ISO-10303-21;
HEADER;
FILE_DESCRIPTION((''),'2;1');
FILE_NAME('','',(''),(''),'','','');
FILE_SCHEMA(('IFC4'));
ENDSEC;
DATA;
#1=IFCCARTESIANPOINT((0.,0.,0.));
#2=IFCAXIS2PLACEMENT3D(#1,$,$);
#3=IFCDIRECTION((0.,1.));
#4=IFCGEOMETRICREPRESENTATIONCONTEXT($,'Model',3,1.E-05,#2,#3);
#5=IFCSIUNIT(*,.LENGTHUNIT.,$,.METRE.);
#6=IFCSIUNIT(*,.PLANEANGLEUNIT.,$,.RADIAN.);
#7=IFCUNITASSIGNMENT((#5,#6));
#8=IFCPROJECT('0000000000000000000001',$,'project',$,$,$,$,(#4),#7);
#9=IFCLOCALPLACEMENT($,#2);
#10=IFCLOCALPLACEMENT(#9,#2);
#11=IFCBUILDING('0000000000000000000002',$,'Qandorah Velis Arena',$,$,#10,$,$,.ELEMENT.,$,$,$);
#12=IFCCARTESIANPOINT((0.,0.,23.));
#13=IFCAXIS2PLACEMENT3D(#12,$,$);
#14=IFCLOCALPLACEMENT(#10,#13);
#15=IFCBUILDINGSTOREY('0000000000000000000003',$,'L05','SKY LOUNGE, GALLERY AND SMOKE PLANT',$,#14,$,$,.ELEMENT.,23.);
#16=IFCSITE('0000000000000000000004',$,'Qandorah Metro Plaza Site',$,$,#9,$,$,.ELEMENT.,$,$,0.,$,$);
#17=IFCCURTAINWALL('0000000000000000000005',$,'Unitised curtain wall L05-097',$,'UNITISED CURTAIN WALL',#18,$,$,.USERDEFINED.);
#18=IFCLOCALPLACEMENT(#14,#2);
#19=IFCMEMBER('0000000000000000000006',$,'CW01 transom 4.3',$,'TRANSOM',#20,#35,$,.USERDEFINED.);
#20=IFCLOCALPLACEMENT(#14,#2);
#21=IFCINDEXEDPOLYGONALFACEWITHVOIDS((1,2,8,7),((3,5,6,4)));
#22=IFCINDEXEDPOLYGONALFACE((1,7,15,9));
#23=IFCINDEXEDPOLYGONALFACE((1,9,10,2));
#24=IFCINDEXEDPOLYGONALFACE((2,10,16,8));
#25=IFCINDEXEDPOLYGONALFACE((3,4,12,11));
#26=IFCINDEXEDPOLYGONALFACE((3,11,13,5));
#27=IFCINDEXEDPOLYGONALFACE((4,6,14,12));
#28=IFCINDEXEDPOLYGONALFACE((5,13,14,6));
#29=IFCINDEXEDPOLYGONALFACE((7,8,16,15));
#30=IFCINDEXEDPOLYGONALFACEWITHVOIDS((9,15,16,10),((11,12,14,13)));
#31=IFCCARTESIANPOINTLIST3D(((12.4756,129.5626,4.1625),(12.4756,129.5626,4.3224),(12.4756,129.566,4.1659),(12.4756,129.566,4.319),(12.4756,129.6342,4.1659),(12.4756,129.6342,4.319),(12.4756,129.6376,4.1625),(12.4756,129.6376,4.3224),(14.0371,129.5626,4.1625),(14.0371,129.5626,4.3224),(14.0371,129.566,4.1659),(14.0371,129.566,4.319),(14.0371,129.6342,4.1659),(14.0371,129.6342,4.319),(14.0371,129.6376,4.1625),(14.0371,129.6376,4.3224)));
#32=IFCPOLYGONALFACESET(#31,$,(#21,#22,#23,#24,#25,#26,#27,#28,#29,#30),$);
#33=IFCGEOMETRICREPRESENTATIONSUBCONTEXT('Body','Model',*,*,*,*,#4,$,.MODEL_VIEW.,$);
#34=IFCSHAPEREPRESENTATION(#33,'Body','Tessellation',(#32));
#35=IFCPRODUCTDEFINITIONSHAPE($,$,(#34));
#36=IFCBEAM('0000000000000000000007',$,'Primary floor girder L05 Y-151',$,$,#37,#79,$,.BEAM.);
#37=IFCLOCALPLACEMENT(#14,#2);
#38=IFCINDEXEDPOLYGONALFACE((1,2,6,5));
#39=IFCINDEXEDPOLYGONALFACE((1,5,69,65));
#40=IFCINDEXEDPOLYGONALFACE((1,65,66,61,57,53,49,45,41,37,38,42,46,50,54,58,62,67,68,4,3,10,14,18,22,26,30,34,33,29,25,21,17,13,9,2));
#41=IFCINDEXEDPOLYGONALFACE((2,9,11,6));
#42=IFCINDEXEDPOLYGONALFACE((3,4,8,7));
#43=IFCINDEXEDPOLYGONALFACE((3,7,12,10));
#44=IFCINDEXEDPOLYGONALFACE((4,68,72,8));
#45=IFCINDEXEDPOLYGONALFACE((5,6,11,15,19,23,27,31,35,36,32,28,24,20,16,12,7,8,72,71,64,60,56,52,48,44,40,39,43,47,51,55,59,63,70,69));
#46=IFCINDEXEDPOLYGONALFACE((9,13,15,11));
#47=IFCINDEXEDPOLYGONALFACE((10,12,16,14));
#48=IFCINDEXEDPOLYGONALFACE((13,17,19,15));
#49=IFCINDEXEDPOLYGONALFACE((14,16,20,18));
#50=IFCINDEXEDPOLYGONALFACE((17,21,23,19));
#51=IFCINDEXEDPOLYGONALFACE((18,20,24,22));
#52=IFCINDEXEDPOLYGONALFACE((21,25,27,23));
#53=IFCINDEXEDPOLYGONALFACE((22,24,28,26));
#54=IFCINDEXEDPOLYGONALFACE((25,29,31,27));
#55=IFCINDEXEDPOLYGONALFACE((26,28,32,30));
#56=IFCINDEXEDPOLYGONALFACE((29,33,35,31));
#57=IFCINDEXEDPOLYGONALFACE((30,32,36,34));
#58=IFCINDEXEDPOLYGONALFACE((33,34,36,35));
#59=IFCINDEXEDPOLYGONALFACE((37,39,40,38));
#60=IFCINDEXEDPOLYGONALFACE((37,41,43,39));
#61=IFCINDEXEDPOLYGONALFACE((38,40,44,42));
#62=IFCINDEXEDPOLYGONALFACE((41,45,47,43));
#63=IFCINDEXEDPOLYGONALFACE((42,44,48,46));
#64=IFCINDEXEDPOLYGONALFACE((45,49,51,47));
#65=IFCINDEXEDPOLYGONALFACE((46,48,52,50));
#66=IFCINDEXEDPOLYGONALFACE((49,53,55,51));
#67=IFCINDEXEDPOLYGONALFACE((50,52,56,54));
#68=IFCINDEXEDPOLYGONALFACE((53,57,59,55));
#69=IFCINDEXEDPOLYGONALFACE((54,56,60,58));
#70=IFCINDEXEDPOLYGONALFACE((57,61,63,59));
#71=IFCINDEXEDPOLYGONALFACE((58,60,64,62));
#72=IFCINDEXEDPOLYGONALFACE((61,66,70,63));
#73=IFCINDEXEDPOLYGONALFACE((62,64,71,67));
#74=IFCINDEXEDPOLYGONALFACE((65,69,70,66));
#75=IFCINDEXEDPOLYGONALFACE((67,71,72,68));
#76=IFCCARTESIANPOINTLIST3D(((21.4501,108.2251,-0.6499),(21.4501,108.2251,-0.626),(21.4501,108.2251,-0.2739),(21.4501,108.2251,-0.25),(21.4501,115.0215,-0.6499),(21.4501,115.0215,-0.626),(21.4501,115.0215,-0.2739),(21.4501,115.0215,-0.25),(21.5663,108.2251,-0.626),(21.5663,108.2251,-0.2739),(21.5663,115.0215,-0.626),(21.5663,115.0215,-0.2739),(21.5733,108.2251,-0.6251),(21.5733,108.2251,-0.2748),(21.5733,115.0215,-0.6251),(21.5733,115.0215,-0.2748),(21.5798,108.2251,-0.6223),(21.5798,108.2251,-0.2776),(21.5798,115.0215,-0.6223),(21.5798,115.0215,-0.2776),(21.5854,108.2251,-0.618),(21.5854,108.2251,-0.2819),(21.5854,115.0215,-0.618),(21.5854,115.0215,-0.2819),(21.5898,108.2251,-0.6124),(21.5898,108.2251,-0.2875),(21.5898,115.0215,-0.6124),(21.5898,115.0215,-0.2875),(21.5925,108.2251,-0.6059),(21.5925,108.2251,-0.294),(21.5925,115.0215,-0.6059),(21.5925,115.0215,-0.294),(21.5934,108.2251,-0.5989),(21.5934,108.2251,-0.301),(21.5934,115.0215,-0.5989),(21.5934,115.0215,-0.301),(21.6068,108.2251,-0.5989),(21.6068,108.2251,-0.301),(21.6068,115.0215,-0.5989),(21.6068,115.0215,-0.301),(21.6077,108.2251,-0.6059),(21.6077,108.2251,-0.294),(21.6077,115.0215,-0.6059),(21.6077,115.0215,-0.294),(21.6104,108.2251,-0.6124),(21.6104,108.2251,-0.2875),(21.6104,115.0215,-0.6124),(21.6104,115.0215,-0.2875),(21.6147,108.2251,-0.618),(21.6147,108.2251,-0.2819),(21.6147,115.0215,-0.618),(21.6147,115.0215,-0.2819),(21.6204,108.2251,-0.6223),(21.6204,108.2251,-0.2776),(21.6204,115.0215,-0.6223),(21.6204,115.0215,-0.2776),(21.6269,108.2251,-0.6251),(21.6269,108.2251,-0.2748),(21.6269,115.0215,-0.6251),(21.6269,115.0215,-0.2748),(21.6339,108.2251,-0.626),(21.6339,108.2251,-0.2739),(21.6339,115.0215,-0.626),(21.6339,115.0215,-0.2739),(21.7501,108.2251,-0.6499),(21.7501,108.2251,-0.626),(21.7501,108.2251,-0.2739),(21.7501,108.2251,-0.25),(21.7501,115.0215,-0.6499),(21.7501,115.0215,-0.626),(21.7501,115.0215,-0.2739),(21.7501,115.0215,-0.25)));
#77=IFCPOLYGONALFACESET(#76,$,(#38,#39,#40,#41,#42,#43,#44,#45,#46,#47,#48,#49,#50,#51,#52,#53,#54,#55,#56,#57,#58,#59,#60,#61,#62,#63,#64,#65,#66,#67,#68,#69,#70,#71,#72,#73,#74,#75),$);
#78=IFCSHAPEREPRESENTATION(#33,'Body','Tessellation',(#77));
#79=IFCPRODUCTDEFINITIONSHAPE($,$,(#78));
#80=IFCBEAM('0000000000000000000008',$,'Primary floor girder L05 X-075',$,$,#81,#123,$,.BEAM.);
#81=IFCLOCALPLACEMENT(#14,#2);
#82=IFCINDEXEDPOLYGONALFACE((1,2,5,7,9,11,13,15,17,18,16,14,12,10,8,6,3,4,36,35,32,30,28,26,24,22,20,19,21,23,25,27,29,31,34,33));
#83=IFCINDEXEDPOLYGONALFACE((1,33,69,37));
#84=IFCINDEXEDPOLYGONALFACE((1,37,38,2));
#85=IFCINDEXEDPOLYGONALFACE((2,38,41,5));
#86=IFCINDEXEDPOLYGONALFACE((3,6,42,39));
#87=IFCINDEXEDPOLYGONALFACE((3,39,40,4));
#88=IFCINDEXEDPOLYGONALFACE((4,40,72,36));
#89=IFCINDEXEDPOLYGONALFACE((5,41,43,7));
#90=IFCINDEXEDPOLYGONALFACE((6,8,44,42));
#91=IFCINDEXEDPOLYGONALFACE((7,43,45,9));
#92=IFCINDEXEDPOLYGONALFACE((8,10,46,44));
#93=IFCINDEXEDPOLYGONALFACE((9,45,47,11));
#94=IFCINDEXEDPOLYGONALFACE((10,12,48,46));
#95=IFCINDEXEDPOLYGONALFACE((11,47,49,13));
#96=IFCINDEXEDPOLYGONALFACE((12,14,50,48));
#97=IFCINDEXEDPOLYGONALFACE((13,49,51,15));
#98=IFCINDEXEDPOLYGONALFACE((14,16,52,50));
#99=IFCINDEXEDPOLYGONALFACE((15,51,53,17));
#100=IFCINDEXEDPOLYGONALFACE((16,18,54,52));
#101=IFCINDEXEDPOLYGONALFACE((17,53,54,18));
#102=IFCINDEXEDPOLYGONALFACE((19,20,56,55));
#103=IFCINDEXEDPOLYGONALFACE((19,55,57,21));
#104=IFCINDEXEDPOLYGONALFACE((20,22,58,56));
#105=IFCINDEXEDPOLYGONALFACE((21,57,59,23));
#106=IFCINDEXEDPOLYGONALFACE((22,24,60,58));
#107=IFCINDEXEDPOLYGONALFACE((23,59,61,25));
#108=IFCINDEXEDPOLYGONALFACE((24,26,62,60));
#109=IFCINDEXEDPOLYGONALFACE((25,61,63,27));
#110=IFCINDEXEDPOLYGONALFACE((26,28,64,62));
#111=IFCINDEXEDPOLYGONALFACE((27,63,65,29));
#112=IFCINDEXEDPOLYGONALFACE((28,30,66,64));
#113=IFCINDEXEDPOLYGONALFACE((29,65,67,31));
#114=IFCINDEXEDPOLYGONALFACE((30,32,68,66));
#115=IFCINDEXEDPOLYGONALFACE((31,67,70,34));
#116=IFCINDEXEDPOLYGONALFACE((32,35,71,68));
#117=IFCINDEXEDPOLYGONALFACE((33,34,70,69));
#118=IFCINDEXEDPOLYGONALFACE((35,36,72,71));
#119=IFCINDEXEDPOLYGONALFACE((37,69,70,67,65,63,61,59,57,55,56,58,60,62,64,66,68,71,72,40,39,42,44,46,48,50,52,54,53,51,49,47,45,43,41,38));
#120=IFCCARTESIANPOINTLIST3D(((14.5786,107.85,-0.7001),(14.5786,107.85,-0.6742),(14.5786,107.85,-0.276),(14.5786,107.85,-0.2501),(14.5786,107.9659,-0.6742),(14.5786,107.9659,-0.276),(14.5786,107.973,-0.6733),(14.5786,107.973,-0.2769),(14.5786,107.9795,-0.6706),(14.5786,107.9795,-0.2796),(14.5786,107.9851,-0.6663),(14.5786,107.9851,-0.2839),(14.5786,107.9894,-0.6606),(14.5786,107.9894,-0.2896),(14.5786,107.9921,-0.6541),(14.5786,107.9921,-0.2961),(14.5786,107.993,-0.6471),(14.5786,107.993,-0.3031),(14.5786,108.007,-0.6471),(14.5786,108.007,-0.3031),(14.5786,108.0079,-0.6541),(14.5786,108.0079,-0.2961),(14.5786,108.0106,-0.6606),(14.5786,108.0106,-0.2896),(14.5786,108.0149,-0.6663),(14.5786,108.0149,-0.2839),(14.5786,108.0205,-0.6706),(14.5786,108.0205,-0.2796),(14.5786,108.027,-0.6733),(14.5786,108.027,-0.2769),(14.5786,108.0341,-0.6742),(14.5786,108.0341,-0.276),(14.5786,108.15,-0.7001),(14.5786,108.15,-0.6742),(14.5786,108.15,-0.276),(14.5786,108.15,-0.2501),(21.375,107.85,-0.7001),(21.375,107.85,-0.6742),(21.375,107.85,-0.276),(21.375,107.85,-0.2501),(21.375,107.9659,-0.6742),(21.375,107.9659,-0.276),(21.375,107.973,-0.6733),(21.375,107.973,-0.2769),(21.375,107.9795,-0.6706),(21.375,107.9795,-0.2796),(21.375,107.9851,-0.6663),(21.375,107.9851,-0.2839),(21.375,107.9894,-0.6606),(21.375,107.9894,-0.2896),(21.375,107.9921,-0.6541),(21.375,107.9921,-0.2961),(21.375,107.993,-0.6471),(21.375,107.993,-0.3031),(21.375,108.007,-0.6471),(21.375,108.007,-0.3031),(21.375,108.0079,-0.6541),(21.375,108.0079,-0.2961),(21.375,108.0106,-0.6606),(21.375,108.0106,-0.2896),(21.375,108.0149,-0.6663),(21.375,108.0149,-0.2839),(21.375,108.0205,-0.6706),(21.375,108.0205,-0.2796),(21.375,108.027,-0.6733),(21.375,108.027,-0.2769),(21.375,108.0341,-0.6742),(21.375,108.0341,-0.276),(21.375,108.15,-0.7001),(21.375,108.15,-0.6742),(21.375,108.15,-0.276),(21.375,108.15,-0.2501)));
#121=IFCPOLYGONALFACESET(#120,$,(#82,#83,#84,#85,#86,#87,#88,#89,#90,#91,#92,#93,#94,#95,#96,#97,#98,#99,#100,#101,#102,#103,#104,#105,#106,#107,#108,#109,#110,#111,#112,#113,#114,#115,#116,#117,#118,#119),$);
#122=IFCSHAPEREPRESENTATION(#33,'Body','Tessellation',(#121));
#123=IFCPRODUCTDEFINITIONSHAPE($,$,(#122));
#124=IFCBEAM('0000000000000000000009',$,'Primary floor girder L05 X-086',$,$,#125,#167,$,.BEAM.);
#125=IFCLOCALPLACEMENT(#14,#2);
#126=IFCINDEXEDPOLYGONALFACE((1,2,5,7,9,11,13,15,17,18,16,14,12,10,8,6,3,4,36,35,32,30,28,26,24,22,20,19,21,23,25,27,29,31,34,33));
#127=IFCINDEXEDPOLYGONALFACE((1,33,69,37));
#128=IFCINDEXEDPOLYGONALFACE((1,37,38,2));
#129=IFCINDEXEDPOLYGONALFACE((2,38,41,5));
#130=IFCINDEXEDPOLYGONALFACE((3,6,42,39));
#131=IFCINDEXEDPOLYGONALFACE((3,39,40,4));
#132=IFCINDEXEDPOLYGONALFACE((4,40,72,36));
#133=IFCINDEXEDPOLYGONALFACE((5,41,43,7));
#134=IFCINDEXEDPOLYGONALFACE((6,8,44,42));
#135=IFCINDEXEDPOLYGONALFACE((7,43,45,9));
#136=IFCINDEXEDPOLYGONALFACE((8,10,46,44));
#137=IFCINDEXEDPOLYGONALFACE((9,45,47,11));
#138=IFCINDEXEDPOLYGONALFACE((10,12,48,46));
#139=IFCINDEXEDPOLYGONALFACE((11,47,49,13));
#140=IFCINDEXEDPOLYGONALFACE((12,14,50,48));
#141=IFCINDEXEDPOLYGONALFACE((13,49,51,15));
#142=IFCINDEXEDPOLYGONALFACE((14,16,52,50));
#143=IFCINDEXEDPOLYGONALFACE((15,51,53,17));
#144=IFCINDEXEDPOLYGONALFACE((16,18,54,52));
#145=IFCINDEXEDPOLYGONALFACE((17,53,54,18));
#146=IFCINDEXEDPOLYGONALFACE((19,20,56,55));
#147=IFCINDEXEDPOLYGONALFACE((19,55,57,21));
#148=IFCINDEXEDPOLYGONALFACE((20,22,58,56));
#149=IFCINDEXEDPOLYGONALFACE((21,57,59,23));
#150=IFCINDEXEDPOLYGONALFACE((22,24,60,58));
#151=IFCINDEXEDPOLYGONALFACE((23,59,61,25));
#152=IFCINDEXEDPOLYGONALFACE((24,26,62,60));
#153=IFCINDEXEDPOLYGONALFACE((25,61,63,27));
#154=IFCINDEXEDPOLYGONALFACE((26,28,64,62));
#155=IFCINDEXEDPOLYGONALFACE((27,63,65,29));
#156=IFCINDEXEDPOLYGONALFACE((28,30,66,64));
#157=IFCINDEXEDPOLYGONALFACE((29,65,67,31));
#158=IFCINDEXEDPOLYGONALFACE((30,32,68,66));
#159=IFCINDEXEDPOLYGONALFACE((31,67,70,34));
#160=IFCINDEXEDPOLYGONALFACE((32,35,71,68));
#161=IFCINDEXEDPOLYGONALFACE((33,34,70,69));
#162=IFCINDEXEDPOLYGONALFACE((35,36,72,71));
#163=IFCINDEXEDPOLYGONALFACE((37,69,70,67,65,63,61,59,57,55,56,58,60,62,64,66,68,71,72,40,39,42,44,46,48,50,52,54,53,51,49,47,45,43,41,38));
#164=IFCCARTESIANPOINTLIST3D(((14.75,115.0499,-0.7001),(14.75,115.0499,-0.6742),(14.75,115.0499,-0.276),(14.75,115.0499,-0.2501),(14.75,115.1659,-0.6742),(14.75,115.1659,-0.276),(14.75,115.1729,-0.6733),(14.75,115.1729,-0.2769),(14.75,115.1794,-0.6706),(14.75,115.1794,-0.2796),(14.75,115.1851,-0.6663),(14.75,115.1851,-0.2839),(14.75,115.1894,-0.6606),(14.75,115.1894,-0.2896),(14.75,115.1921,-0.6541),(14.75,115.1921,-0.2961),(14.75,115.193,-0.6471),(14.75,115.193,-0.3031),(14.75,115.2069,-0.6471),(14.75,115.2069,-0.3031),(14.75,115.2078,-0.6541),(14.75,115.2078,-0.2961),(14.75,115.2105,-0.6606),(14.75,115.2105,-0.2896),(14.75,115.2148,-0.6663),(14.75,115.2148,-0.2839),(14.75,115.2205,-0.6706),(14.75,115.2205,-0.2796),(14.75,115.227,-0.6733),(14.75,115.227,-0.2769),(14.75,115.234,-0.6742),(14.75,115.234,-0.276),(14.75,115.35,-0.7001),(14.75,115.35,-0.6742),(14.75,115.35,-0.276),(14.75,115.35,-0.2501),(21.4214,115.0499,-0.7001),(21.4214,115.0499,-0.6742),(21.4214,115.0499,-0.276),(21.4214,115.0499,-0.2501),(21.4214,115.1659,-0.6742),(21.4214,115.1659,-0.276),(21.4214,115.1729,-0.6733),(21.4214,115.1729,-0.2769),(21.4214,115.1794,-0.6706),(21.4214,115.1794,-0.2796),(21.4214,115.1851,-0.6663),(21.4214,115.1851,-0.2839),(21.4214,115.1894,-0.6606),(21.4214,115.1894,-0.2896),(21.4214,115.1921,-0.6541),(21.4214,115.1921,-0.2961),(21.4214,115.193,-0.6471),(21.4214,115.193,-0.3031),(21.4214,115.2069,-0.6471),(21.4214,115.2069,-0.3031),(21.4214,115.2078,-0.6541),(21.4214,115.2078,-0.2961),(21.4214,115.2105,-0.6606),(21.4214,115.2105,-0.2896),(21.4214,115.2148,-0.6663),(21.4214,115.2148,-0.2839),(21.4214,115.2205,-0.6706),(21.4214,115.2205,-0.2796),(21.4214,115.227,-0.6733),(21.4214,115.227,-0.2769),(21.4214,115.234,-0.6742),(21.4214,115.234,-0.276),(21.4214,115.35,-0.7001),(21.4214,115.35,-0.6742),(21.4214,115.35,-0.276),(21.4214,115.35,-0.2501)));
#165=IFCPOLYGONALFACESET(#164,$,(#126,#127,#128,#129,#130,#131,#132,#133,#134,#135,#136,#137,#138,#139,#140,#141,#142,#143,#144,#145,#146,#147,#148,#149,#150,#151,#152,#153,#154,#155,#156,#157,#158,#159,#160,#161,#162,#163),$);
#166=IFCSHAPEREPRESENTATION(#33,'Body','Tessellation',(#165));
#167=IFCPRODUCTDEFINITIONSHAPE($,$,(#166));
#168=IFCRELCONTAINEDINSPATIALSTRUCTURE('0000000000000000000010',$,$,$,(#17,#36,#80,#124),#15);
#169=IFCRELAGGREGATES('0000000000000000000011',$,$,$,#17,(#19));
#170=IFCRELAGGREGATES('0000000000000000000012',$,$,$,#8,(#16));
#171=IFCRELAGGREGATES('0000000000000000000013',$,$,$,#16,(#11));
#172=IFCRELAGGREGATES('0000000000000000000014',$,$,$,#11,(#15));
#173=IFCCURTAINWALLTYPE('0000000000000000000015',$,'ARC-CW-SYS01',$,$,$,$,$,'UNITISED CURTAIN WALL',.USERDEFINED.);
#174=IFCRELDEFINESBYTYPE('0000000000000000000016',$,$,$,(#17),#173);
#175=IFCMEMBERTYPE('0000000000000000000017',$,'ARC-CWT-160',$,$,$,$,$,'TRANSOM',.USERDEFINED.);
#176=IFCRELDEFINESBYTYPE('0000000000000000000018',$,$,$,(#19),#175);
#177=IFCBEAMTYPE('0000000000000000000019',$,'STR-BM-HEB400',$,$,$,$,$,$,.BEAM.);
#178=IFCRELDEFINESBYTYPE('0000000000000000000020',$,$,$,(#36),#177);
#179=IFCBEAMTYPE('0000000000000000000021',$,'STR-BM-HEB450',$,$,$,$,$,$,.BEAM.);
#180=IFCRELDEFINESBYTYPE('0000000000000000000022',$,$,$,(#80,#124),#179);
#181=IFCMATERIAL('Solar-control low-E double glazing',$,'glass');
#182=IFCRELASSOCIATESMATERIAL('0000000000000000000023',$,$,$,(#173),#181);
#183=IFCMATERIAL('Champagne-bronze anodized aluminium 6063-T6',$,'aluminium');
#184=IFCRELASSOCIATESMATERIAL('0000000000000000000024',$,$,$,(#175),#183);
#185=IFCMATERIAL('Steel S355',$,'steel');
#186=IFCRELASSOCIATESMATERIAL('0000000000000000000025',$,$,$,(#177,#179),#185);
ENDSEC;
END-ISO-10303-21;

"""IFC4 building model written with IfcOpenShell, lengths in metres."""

from ifc_helpers import new_model, si_unit, direction, frame, origin, origin_2d, place, context, subcontext, project, spatial, hollow_rectangle, i_section, extrude, material, material_profile, profile_set, type_object, element, aggregate, save


model = new_model("IFC4")

# Units and contexts
model_context = context("Model", 3, precision=1e-05, world=origin(), true_north=direction((0.0, 1.0)))
body_context = subcontext(model_context, "Body", "Model", "MODEL_VIEW")
ifc_project = project(units=[si_unit("LENGTHUNIT", "METRE"), si_unit("PLANEANGLEUNIT", "RADIAN")], contexts=[model_context])

# Site, building, storey
site_placement = place(None, origin())
site = spatial("IfcSite", under=ifc_project, at=site_placement, Name="Qandorah Metro Plaza Site", CompositionType="ELEMENT", RefElevation=0.0)
building_placement = place(site_placement, origin())
building = spatial("IfcBuilding", under=site, at=building_placement, Name="Qandorah Velis Arena", CompositionType="ELEMENT")
storey_placement = place(building_placement, frame((0.0, 0.0, 23.0)))
storey = spatial("IfcBuildingStorey", under=building, at=storey_placement, Name="L05", Description="SKY LOUNGE, GALLERY AND SMOKE PLANT", CompositionType="ELEMENT", Elevation=23.0)

# Curtain wall, member
ifc_material_1 = material(Name="Solar-control low-E double glazing", Category="glass")
curtain_wall_type = type_object("IfcCurtainWallType", Name="ARC-CW-SYS01", ElementType="UNITISED CURTAIN WALL", PredefinedType="USERDEFINED", material=ifc_material_1)
curtain_wall_placement = place(storey_placement, origin())
curtain_wall = element("IfcCurtainWall", 1, at=curtain_wall_placement, inside=storey, type_object=curtain_wall_type, Name="Unitised curtain wall L05-097", ObjectType="UNITISED CURTAIN WALL", PredefinedType="USERDEFINED")
ifc_material_2 = material(Name="Champagne-bronze anodized aluminium 6063-T6", Category="aluminium")
ifc_material_profile_1 = material_profile(ifc_material_2, hollow_rectangle(XDim=0.075, YDim=0.1599, WallThickness=0.0034, at=origin_2d()), Name="ALU TRANSOM 75x160")
ifc_profile_set_1 = profile_set([ifc_material_profile_1], Name="Champagne-bronze anodized aluminium 6063-T6")
member_type_1 = type_object("IfcMemberType", Name="ARC-CWT-160", ElementType="TRANSOM", PredefinedType="USERDEFINED", material=ifc_profile_set_1)
member_1_placement = place(storey_placement, frame((12.4756, 129.6001, 4.2424), z_axis=(1.0, 0.0, 0.0), x_axis=(0.0, 1.0, 0.0)))
member_1 = element("IfcMember", 2, at=member_1_placement, type_object=member_type_1, Name="CW01 transom 4.3", ObjectType="TRANSOM", PredefinedType="USERDEFINED", context=body_context, shape_type="SweptSolid", body=[
    extrude(hollow_rectangle(XDim=0.075, YDim=0.1599, WallThickness=0.0034, at=origin_2d()), origin(), (0.0, 0.0, 1.0), 1.5615),
])

# Beams
ifc_material_3 = material(Name="Steel S355", Category="steel")
ifc_material_profile_2 = material_profile(ifc_material_3, i_section(OverallWidth=0.3, OverallDepth=0.3999, WebThickness=0.0134, FlangeThickness=0.0239, FilletRadius=0.0271, at=origin_2d()), Name="HEB 400")
ifc_profile_set_2 = profile_set([ifc_material_profile_2], Name="Steel S355")
beam_type_1 = type_object("IfcBeamType", Name="STR-BM-HEB400", PredefinedType="BEAM", material=ifc_profile_set_2)
beam_1_placement = place(storey_placement, frame((21.6001, 108.2251, -0.45), z_axis=(0.0, 1.0, 0.0), x_axis=(-1.0, 0.0, 0.0)))
element("IfcBeam", 3, at=beam_1_placement, inside=storey, type_object=beam_type_1, Name="Primary floor girder L05 Y-151", PredefinedType="BEAM", context=body_context, shape_type="SweptSolid", body=[
    extrude(i_section(OverallWidth=0.3, OverallDepth=0.3999, WebThickness=0.0134, FlangeThickness=0.0239, FilletRadius=0.0271, at=origin_2d()), origin(), (0.0, 0.0, 1.0), 6.7964),
])
ifc_material_profile_3 = material_profile(ifc_material_3, i_section(OverallWidth=0.3, OverallDepth=0.45, WebThickness=0.0139, FlangeThickness=0.0259, FilletRadius=0.0271, at=origin_2d()), Name="HEB 450")
ifc_profile_set_3 = profile_set([ifc_material_profile_3], Name="Steel S355")
beam_type_2 = type_object("IfcBeamType", Name="STR-BM-HEB450", PredefinedType="BEAM", material=ifc_profile_set_3)
beam_2_placement = place(storey_placement, frame((14.5786, 108.0, -0.4751), z_axis=(1.0, 0.0, 0.0), x_axis=(0.0, 1.0, 0.0)))
element("IfcBeam", 4, at=beam_2_placement, inside=storey, type_object=beam_type_2, Name="Primary floor girder L05 X-075", PredefinedType="BEAM", context=body_context, shape_type="SweptSolid", body=[
    extrude(i_section(OverallWidth=0.3, OverallDepth=0.45, WebThickness=0.0139, FlangeThickness=0.0259, FilletRadius=0.0271, at=origin_2d()), origin(), (0.0, 0.0, 1.0), 6.7964),
])
beam_3_placement = place(storey_placement, frame((14.75, 115.2, -0.4751), z_axis=(1.0, 0.0, 0.0), x_axis=(0.0, 1.0, 0.0)))
element("IfcBeam", 5, at=beam_3_placement, inside=storey, type_object=beam_type_2, Name="Primary floor girder L05 X-086", PredefinedType="BEAM", context=body_context, shape_type="SweptSolid", body=[
    extrude(i_section(OverallWidth=0.3, OverallDepth=0.45, WebThickness=0.0139, FlangeThickness=0.0259, FilletRadius=0.0271, at=origin_2d()), origin(), (0.0, 0.0, 1.0), 6.6714),
])

aggregate(curtain_wall, [member_1])

save(model, "model.ifc")
